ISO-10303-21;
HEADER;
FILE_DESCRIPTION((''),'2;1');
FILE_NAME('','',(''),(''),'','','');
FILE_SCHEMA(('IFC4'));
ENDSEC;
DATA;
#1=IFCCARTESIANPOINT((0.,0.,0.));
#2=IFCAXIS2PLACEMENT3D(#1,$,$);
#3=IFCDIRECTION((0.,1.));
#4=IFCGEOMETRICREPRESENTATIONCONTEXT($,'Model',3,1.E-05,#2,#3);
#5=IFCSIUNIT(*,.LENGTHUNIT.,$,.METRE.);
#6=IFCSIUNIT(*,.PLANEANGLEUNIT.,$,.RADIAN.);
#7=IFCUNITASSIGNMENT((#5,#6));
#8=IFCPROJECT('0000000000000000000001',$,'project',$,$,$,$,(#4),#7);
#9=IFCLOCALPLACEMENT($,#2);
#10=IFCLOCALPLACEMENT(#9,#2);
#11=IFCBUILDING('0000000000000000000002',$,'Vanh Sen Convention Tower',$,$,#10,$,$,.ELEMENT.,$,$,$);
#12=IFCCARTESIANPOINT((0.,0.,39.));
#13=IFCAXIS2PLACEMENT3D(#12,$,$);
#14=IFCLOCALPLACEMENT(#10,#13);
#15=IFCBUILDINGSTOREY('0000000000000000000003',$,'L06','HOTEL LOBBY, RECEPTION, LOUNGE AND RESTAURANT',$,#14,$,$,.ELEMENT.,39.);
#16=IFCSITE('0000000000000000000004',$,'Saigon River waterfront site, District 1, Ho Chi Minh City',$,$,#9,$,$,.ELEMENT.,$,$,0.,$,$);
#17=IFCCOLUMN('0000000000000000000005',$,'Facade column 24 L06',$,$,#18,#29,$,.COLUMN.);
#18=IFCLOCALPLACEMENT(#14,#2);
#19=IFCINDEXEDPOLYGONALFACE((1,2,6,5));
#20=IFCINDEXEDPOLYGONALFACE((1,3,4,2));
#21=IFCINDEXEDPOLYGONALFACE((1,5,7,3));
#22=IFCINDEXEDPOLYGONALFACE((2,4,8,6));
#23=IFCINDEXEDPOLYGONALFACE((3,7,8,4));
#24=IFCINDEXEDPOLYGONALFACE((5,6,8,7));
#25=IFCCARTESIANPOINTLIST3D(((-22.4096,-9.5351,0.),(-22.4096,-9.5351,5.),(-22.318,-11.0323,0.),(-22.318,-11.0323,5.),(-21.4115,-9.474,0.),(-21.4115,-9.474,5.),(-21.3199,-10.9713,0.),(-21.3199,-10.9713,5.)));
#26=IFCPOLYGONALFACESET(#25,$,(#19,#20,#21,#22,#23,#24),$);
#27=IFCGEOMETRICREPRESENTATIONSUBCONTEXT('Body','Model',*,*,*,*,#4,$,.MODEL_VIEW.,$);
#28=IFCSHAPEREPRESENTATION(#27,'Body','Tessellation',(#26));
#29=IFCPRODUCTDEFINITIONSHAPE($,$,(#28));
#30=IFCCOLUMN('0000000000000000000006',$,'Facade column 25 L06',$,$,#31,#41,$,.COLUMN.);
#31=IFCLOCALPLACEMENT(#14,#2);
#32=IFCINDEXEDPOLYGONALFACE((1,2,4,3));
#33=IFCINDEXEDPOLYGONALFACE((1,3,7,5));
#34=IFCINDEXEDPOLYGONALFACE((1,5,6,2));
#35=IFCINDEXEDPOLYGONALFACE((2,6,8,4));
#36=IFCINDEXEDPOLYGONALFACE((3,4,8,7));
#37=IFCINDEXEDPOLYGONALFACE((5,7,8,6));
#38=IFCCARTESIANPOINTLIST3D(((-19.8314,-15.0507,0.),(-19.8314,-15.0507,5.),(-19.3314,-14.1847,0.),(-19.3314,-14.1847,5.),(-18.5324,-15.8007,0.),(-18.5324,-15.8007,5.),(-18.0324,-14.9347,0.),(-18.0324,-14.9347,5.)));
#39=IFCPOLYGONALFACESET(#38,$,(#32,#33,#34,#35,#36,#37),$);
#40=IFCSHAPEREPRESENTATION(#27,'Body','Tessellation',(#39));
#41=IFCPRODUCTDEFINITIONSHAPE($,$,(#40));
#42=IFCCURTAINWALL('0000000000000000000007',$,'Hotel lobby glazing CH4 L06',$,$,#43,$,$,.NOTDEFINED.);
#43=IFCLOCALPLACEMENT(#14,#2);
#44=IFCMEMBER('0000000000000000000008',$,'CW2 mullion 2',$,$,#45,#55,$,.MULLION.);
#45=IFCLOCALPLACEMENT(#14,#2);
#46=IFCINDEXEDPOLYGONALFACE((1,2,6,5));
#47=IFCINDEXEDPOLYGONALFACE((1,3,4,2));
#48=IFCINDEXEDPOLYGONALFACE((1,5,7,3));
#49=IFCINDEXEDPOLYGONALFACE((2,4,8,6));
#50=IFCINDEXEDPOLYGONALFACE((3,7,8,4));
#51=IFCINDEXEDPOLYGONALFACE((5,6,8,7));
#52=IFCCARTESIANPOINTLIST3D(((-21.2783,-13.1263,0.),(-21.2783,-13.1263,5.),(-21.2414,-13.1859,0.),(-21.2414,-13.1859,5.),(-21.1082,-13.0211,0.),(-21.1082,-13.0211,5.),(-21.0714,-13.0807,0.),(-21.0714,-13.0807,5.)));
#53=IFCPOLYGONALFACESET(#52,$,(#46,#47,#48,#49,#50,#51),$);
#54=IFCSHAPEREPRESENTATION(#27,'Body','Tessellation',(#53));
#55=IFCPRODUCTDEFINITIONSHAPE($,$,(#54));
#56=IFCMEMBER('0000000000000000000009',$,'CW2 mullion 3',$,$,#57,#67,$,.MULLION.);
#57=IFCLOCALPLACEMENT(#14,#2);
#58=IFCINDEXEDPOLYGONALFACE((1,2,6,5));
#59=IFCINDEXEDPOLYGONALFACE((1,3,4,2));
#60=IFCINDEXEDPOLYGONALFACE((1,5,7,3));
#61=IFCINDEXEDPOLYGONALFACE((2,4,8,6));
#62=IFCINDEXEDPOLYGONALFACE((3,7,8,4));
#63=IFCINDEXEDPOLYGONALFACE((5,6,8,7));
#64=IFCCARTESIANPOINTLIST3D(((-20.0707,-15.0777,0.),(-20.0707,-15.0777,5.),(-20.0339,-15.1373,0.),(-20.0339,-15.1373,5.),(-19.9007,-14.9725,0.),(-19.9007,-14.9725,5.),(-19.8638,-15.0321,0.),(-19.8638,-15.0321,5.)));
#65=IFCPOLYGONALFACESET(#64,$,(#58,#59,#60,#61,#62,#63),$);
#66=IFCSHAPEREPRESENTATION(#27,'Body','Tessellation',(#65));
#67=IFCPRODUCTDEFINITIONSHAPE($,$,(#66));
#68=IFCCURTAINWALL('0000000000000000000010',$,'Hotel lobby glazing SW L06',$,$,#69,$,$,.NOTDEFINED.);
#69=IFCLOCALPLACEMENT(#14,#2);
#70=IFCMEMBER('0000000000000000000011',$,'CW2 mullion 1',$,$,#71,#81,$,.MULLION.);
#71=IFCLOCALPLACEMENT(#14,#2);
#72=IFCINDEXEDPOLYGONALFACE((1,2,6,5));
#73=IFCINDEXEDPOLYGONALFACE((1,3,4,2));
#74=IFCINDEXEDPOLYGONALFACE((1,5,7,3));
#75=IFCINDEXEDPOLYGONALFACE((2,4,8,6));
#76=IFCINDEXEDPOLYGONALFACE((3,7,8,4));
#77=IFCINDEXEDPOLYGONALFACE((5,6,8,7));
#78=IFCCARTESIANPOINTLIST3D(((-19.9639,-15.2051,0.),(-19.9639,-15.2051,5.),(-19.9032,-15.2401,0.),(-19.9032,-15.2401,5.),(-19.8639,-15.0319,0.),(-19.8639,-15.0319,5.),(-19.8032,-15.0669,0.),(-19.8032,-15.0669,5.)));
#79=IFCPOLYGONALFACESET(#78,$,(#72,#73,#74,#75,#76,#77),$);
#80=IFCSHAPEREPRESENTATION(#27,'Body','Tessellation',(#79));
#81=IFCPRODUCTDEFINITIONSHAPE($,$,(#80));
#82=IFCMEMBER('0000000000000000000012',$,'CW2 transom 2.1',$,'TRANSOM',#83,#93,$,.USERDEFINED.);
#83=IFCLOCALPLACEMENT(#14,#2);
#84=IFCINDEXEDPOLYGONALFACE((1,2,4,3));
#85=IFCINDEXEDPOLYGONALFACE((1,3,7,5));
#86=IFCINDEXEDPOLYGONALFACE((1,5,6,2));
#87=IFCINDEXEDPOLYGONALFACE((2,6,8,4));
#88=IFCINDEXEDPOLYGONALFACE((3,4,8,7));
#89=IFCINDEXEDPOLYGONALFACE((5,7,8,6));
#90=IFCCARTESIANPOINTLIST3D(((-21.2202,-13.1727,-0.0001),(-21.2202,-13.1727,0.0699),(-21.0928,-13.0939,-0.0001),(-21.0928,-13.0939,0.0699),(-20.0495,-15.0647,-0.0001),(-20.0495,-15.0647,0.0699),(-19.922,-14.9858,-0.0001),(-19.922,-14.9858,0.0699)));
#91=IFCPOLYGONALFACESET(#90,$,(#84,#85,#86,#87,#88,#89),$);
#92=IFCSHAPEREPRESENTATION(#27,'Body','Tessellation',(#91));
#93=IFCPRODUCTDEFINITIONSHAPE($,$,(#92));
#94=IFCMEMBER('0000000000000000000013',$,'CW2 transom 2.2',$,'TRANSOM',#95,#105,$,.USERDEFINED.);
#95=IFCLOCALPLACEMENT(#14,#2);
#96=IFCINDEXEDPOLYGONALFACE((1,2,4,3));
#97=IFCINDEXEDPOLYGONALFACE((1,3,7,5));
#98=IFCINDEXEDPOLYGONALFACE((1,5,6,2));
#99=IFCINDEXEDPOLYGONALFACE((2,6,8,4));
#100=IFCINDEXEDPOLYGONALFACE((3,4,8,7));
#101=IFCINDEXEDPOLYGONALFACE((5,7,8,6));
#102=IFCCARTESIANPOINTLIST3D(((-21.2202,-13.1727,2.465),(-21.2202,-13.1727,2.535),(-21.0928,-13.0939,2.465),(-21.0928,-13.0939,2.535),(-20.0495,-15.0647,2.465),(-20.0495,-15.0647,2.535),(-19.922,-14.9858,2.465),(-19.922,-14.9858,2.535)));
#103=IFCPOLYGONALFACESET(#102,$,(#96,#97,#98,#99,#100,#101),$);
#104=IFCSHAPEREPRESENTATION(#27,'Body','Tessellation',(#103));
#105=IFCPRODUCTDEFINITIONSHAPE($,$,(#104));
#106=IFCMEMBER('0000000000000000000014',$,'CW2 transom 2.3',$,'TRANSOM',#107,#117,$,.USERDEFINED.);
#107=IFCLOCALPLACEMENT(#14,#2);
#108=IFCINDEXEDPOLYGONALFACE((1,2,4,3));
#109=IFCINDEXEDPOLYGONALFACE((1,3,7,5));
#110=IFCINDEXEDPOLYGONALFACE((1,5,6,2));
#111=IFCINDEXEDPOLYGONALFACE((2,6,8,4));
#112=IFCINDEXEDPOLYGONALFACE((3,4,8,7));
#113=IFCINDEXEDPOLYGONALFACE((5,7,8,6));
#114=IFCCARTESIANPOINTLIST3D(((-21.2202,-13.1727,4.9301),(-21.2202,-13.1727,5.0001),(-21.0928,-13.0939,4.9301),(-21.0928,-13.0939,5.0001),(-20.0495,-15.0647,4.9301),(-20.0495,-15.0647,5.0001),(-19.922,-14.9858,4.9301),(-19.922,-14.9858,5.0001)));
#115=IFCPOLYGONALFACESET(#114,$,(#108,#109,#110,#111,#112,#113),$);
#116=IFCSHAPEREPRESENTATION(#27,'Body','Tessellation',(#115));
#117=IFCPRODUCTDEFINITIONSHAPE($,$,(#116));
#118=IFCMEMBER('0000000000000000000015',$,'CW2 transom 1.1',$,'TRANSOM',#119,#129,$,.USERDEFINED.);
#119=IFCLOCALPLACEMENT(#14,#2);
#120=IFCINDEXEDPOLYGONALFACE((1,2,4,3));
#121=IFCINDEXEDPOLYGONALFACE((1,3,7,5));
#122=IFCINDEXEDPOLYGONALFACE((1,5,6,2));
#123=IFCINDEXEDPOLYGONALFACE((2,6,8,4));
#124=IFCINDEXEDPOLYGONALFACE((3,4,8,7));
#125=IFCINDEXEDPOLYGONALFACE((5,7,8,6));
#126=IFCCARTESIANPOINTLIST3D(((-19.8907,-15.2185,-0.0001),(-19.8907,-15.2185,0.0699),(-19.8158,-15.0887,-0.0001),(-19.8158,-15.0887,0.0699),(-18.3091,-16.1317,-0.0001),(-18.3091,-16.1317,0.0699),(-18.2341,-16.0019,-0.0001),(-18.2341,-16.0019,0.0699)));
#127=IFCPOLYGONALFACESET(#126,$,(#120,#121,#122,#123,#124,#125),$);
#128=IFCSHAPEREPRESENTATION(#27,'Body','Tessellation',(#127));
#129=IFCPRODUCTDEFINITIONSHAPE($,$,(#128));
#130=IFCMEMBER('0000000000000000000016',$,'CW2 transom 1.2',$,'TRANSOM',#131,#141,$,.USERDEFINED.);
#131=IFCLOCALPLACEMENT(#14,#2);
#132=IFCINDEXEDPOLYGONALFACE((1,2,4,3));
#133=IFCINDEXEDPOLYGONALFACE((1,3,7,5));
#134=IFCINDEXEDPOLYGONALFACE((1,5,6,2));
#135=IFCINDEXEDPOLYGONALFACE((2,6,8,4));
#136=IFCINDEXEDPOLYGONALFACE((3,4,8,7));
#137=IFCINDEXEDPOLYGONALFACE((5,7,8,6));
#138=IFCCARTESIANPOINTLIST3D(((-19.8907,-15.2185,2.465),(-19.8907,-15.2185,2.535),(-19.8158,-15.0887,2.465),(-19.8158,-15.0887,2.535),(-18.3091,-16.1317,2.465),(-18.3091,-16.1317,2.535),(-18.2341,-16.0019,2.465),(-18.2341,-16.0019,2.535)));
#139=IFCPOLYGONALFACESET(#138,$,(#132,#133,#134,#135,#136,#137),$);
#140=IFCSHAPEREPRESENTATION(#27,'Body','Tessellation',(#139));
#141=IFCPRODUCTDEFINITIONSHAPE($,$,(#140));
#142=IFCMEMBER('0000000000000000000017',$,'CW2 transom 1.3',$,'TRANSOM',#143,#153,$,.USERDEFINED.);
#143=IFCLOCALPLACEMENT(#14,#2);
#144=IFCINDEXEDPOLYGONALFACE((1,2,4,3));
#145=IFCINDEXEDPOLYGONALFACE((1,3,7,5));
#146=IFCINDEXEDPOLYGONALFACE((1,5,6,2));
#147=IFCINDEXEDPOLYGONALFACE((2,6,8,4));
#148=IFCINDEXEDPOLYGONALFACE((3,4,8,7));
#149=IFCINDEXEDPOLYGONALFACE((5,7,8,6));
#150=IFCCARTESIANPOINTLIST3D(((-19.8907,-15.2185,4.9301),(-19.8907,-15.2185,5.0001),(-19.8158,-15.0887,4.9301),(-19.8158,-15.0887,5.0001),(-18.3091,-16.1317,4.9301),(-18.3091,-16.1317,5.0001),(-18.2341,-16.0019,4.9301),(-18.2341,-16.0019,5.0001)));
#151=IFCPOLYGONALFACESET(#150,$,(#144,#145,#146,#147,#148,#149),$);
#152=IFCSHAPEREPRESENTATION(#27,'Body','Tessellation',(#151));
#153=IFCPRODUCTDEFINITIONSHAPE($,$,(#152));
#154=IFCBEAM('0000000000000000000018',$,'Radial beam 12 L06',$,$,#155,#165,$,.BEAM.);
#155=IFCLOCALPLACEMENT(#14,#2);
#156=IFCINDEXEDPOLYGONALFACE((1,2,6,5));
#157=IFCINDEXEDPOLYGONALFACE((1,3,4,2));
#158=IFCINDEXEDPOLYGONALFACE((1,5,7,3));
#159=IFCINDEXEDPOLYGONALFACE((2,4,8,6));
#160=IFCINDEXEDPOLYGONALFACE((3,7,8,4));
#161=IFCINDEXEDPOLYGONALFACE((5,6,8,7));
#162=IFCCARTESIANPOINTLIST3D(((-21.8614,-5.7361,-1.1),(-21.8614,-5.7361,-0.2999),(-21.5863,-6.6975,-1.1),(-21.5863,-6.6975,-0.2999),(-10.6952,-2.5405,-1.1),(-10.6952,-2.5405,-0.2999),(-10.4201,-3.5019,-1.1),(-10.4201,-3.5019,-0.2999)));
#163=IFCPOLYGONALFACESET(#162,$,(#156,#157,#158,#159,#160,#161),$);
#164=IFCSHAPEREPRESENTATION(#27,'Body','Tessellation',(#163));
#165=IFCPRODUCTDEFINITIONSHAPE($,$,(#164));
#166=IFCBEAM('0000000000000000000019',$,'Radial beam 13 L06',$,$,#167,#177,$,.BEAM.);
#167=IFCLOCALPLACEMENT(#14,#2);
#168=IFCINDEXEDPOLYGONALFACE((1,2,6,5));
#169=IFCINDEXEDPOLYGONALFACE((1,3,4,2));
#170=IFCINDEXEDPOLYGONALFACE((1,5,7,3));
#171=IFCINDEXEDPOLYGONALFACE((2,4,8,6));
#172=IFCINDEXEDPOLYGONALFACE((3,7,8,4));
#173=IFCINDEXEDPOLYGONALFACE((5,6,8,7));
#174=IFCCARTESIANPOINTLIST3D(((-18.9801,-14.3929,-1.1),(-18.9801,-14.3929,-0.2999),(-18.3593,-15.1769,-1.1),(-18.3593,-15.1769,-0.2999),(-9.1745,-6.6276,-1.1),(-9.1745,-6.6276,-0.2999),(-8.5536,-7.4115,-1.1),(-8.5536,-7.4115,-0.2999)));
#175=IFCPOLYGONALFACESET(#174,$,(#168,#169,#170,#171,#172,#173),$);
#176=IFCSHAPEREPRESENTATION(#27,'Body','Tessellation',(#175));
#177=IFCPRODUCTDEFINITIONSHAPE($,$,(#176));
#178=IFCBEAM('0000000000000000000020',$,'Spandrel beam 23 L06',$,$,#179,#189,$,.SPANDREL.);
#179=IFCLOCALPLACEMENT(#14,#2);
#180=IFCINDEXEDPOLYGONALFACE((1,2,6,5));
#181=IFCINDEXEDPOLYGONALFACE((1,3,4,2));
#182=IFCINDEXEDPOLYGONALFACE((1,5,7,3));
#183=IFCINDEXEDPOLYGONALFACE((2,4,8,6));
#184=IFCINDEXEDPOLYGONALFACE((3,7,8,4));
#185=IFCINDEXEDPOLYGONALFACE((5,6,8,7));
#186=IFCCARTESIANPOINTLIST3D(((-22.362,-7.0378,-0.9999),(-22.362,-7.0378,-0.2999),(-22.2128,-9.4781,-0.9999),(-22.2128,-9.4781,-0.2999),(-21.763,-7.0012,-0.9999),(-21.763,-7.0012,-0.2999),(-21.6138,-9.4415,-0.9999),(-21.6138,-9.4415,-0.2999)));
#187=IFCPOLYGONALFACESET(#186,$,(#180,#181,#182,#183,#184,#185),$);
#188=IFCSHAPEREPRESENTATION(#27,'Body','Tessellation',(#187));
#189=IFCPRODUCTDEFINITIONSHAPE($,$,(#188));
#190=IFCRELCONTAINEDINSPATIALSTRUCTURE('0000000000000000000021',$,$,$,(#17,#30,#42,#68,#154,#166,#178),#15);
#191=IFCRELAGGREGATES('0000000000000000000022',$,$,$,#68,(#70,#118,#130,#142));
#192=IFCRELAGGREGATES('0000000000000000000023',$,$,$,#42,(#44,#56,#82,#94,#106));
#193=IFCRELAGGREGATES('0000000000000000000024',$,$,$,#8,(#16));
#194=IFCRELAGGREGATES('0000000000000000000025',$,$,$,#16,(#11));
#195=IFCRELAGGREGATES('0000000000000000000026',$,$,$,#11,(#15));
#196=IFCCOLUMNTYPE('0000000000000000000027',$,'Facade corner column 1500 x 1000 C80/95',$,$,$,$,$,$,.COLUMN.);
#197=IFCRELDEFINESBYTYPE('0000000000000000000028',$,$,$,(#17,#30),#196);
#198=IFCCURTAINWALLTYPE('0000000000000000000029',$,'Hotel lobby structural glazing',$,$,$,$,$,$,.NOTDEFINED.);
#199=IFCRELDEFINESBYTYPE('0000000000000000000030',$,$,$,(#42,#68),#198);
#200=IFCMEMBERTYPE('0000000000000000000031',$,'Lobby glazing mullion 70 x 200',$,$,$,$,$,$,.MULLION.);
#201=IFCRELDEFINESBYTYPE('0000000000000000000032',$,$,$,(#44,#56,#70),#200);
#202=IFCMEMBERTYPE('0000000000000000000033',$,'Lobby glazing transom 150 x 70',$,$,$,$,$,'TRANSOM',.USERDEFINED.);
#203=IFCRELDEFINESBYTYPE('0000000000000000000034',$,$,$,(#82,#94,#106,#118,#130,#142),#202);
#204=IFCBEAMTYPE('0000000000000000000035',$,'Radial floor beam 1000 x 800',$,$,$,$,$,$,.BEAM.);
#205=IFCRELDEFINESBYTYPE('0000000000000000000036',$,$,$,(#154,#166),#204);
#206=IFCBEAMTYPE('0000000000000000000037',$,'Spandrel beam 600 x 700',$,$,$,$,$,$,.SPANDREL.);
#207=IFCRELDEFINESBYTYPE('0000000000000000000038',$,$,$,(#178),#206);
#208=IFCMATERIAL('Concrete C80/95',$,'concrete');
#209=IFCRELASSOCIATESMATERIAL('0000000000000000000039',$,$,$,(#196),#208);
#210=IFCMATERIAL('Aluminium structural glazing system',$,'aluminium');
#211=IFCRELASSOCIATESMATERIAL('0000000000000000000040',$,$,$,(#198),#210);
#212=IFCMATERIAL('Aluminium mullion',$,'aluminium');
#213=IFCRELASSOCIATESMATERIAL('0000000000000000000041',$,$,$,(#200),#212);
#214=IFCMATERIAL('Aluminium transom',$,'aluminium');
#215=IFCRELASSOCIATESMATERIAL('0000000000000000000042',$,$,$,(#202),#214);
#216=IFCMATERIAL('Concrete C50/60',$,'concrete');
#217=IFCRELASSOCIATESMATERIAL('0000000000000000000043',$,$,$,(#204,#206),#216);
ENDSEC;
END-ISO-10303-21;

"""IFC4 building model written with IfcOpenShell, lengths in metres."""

from ifc_helpers import new_model, si_unit, direction, frame, origin, origin_2d, place, context, subcontext, project, spatial, rectangle, extrude, material, material_profile, profile_set, type_object, element, aggregate, save


model = new_model("IFC4")

# Units and contexts
model_context = context("Model", 3, precision=1e-05, world=origin(), true_north=direction((0.0, 1.0)))
body_context = subcontext(model_context, "Body", "Model", "MODEL_VIEW")
ifc_project = project(units=[si_unit("LENGTHUNIT", "METRE"), si_unit("PLANEANGLEUNIT", "RADIAN")], contexts=[model_context])

# Site, building, storey
site_placement = place(None, origin())
site = spatial("IfcSite", under=ifc_project, at=site_placement, Name="Saigon River waterfront site, District 1, Ho Chi Minh City", CompositionType="ELEMENT", RefElevation=0.0)
building_placement = place(site_placement, origin())
building = spatial("IfcBuilding", under=site, at=building_placement, Name="Vanh Sen Convention Tower", CompositionType="ELEMENT")
storey_placement = place(building_placement, frame((0.0, 0.0, 39.0)))
storey = spatial("IfcBuildingStorey", under=building, at=storey_placement, Name="L06", Description="HOTEL LOBBY, RECEPTION, LOUNGE AND RESTAURANT", CompositionType="ELEMENT", Elevation=39.0)

# Columns
ifc_material_1 = material(Name="Concrete C80/95", Category="concrete")
ifc_material_profile_1 = material_profile(ifc_material_1, rectangle(XDim=1.5, YDim=1.0, at=origin_2d()), Name="RC 1500X1000")
ifc_profile_set_1 = profile_set([ifc_material_profile_1], Name="Concrete C80/95")
column_type = type_object("IfcColumnType", Name="Facade corner column 1500 x 1000 C80/95", PredefinedType="COLUMN", material=ifc_profile_set_1)
for number, where, z_axis, x_axis, name in (
    (1, (-21.8647, -10.2532, 0.0), (0.0, 0.0, 1.0), (0.061049, -0.998135, 0.0), "Facade column 24 L06"),
    (2, (-18.9319, -14.9927, 0.0), (0.0, 0.0, 1.0), (0.866025, -0.5, 0.0), "Facade column 25 L06"),
):
    element("IfcColumn", number, at=place(storey_placement, frame(where, z_axis=z_axis, x_axis=x_axis)), inside=storey, type_object=column_type, Name=name, PredefinedType="COLUMN", context=body_context, shape_type="SweptSolid", body=[
        extrude(rectangle(XDim=1.5, YDim=1.0, at=origin_2d()), origin(), (0.0, 0.0, 1.0), 5.0),
    ])

# Curtain wall, members
ifc_material_2 = material(Name="Aluminium structural glazing system", Category="aluminium")
curtain_wall_type_1 = type_object("IfcCurtainWallType", Name="Hotel lobby structural glazing", PredefinedType="NOTDEFINED", material=ifc_material_2)
curtain_wall_1_placement = place(storey_placement, origin())
curtain_wall_1 = element("IfcCurtainWall", 3, at=curtain_wall_1_placement, inside=storey, type_object=curtain_wall_type_1, Name="Hotel lobby glazing CH4 L06", PredefinedType="NOTDEFINED")
ifc_material_3 = material(Name="Aluminium mullion", Category="aluminium")
ifc_material_profile_2 = material_profile(ifc_material_3, rectangle(XDim=0.2, YDim=0.0701, at=origin_2d()), Name="Lobby glazing mullion 70 x 200")
ifc_profile_set_2 = profile_set([ifc_material_profile_2], Name="Aluminium mullion")
member_type_1 = type_object("IfcMemberType", Name="Lobby glazing mullion 70 x 200", PredefinedType="MULLION", material=ifc_profile_set_2)
member_1_placement = place(storey_placement, frame((-21.1748, -13.1035, 0.0), z_axis=(0.0, 0.0, 1.0), x_axis=(0.850347, 0.526222, 0.0)))
member_1 = element("IfcMember", 4, at=member_1_placement, type_object=member_type_1, Name="CW2 mullion 2", PredefinedType="MULLION", context=body_context, shape_type="SweptSolid", body=[
    extrude(rectangle(XDim=0.2, YDim=0.0701, at=origin_2d()), origin(), (0.0, 0.0, 1.0), 5.0),
])
member_2_placement = place(storey_placement, frame((-19.9673, -15.0549, 0.0), z_axis=(0.0, 0.0, 1.0), x_axis=(0.850347, 0.526222, 0.0)))
member_2 = element("IfcMember", 5, at=member_2_placement, type_object=member_type_1, Name="CW2 mullion 3", PredefinedType="MULLION", context=body_context, shape_type="SweptSolid", body=[
    extrude(rectangle(XDim=0.2, YDim=0.0701, at=origin_2d()), origin(), (0.0, 0.0, 1.0), 5.0),
])

# Curtain wall, member
curtain_wall_2_placement = place(storey_placement, origin())
curtain_wall_2 = element("IfcCurtainWall", 6, at=curtain_wall_2_placement, inside=storey, type_object=curtain_wall_type_1, Name="Hotel lobby glazing SW L06", PredefinedType="NOTDEFINED")
member_3_placement = place(storey_placement, frame((-19.8835, -15.136, 0.0), z_axis=(0.0, 0.0, 1.0), x_axis=(0.499997, 0.866027, 0.0)))
member_3 = element("IfcMember", 7, at=member_3_placement, type_object=member_type_1, Name="CW2 mullion 1", PredefinedType="MULLION", context=body_context, shape_type="SweptSolid", body=[
    extrude(rectangle(XDim=0.2, YDim=0.0701, at=origin_2d()), origin(), (0.0, 0.0, 1.0), 5.0),
])

# Members
ifc_material_4 = material(Name="Aluminium transom", Category="aluminium")
ifc_material_profile_3 = material_profile(ifc_material_4, rectangle(XDim=0.1499, YDim=0.0701, at=origin_2d()), Name="Lobby glazing transom 150 x 70")
ifc_profile_set_3 = profile_set([ifc_material_profile_3], Name="Aluminium transom")
member_type_2 = type_object("IfcMemberType", Name="Lobby glazing transom 150 x 70", ElementType="TRANSOM", PredefinedType="USERDEFINED", material=ifc_profile_set_3)
member_4_placement = place(storey_placement, frame((-21.1565, -13.1333, 0.0349), z_axis=(0.526196, -0.850363, 0.0), x_axis=(0.850363, 0.526196, 0.0)))
member_4 = element("IfcMember", 8, at=member_4_placement, type_object=member_type_2, Name="CW2 transom 2.1", ObjectType="TRANSOM", PredefinedType="USERDEFINED", context=body_context, shape_type="SweptSolid", body=[
    extrude(rectangle(XDim=0.1499, YDim=0.0701, at=origin_2d()), origin(), (0.0, 0.0, 1.0), 2.2249),
])
member_5_placement = place(storey_placement, frame((-21.1565, -13.1333, 2.5), z_axis=(0.526196, -0.850363, 0.0), x_axis=(0.850363, 0.526196, 0.0)))
member_5 = element("IfcMember", 9, at=member_5_placement, type_object=member_type_2, Name="CW2 transom 2.2", ObjectType="TRANSOM", PredefinedType="USERDEFINED", context=body_context, shape_type="SweptSolid", body=[
    extrude(rectangle(XDim=0.1499, YDim=0.0701, at=origin_2d()), origin(), (0.0, 0.0, 1.0), 2.2249),
])
member_6_placement = place(storey_placement, frame((-21.1565, -13.1333, 4.9651), z_axis=(0.526196, -0.850363, 0.0), x_axis=(0.850363, 0.526196, 0.0)))
member_6 = element("IfcMember", 10, at=member_6_placement, type_object=member_type_2, Name="CW2 transom 2.3", ObjectType="TRANSOM", PredefinedType="USERDEFINED", context=body_context, shape_type="SweptSolid", body=[
    extrude(rectangle(XDim=0.1499, YDim=0.0701, at=origin_2d()), origin(), (0.0, 0.0, 1.0), 2.2249),
])
member_7_placement = place(storey_placement, frame((-19.8533, -15.1536, 0.0349), z_axis=(0.866005, -0.500035, 0.0), x_axis=(0.500035, 0.866005, 0.0)))
member_7 = element("IfcMember", 11, at=member_7_placement, type_object=member_type_2, Name="CW2 transom 1.1", ObjectType="TRANSOM", PredefinedType="USERDEFINED", context=body_context, shape_type="SweptSolid", body=[
    extrude(rectangle(XDim=0.1499, YDim=0.0701, at=origin_2d()), origin(), (0.0, 0.0, 1.0), 1.8264),
])
member_8_placement = place(storey_placement, frame((-19.8533, -15.1536, 2.5), z_axis=(0.866005, -0.500035, 0.0), x_axis=(0.500035, 0.866005, 0.0)))
member_8 = element("IfcMember", 12, at=member_8_placement, type_object=member_type_2, Name="CW2 transom 1.2", ObjectType="TRANSOM", PredefinedType="USERDEFINED", context=body_context, shape_type="SweptSolid", body=[
    extrude(rectangle(XDim=0.1499, YDim=0.0701, at=origin_2d()), origin(), (0.0, 0.0, 1.0), 1.8264),
])
member_9_placement = place(storey_placement, frame((-19.8533, -15.1536, 4.9651), z_axis=(0.866005, -0.500035, 0.0), x_axis=(0.500035, 0.866005, 0.0)))
member_9 = element("IfcMember", 13, at=member_9_placement, type_object=member_type_2, Name="CW2 transom 1.3", ObjectType="TRANSOM", PredefinedType="USERDEFINED", context=body_context, shape_type="SweptSolid", body=[
    extrude(rectangle(XDim=0.1499, YDim=0.0701, at=origin_2d()), origin(), (0.0, 0.0, 1.0), 1.8264),
])
aggregate(curtain_wall_2, [member_3, member_7, member_8, member_9])

# Beams
ifc_material_5 = material(Name="Concrete C50/60", Category="concrete")
ifc_material_profile_4 = material_profile(ifc_material_5, rectangle(XDim=1.0, YDim=0.8, at=origin_2d()), Name="RC 1000X800")
ifc_profile_set_4 = profile_set([ifc_material_profile_4], Name="Concrete C50/60")
beam_type_1 = type_object("IfcBeamType", Name="Radial floor beam 1000 x 800", PredefinedType="BEAM", material=ifc_profile_set_4)
beam_1_placement = place(storey_placement, frame((-21.7239, -6.2168, -0.7), z_axis=(0.961406, 0.275135, 0.0), x_axis=(-0.275135, 0.961406, 0.0)))
element("IfcBeam", 14, at=beam_1_placement, inside=storey, type_object=beam_type_1, Name="Radial beam 12 L06", PredefinedType="BEAM", context=body_context, shape_type="SweptSolid", body=[
    extrude(rectangle(XDim=1.0, YDim=0.8, at=origin_2d()), origin(), (0.0, 0.0, 1.0), 11.6145),
])
beam_2_placement = place(storey_placement, frame((-18.6697, -14.7849, -0.7), z_axis=(0.783946, 0.620829, 0.0), x_axis=(-0.620829, 0.783946, 0.0)))
element("IfcBeam", 15, at=beam_2_placement, inside=storey, type_object=beam_type_1, Name="Radial beam 13 L06", PredefinedType="BEAM", context=body_context, shape_type="SweptSolid", body=[
    extrude(rectangle(XDim=1.0, YDim=0.8, at=origin_2d()), origin(), (0.0, 0.0, 1.0), 12.5081),
])
ifc_material_profile_5 = material_profile(ifc_material_5, rectangle(XDim=0.6001, YDim=0.7, at=origin_2d()), Name="RC 600X700")
ifc_profile_set_5 = profile_set([ifc_material_profile_5], Name="Concrete C50/60")
beam_type_2 = type_object("IfcBeamType", Name="Spandrel beam 600 x 700", PredefinedType="SPANDREL", material=ifc_profile_set_5)
beam_3_placement = place(storey_placement, frame((-22.0625, -7.0195, -0.6499), z_axis=(0.061017, -0.998137, 0.0), x_axis=(0.998137, 0.061017, 0.0)))
element("IfcBeam", 16, at=beam_3_placement, inside=storey, type_object=beam_type_2, Name="Spandrel beam 23 L06", PredefinedType="SPANDREL", context=body_context, shape_type="SweptSolid", body=[
    extrude(rectangle(XDim=0.6001, YDim=0.7, at=origin_2d()), origin(), (0.0, 0.0, 1.0), 2.4448),
])

aggregate(curtain_wall_1, [member_1, member_2, member_4, member_5, member_6])

save(model, "model.ifc")
